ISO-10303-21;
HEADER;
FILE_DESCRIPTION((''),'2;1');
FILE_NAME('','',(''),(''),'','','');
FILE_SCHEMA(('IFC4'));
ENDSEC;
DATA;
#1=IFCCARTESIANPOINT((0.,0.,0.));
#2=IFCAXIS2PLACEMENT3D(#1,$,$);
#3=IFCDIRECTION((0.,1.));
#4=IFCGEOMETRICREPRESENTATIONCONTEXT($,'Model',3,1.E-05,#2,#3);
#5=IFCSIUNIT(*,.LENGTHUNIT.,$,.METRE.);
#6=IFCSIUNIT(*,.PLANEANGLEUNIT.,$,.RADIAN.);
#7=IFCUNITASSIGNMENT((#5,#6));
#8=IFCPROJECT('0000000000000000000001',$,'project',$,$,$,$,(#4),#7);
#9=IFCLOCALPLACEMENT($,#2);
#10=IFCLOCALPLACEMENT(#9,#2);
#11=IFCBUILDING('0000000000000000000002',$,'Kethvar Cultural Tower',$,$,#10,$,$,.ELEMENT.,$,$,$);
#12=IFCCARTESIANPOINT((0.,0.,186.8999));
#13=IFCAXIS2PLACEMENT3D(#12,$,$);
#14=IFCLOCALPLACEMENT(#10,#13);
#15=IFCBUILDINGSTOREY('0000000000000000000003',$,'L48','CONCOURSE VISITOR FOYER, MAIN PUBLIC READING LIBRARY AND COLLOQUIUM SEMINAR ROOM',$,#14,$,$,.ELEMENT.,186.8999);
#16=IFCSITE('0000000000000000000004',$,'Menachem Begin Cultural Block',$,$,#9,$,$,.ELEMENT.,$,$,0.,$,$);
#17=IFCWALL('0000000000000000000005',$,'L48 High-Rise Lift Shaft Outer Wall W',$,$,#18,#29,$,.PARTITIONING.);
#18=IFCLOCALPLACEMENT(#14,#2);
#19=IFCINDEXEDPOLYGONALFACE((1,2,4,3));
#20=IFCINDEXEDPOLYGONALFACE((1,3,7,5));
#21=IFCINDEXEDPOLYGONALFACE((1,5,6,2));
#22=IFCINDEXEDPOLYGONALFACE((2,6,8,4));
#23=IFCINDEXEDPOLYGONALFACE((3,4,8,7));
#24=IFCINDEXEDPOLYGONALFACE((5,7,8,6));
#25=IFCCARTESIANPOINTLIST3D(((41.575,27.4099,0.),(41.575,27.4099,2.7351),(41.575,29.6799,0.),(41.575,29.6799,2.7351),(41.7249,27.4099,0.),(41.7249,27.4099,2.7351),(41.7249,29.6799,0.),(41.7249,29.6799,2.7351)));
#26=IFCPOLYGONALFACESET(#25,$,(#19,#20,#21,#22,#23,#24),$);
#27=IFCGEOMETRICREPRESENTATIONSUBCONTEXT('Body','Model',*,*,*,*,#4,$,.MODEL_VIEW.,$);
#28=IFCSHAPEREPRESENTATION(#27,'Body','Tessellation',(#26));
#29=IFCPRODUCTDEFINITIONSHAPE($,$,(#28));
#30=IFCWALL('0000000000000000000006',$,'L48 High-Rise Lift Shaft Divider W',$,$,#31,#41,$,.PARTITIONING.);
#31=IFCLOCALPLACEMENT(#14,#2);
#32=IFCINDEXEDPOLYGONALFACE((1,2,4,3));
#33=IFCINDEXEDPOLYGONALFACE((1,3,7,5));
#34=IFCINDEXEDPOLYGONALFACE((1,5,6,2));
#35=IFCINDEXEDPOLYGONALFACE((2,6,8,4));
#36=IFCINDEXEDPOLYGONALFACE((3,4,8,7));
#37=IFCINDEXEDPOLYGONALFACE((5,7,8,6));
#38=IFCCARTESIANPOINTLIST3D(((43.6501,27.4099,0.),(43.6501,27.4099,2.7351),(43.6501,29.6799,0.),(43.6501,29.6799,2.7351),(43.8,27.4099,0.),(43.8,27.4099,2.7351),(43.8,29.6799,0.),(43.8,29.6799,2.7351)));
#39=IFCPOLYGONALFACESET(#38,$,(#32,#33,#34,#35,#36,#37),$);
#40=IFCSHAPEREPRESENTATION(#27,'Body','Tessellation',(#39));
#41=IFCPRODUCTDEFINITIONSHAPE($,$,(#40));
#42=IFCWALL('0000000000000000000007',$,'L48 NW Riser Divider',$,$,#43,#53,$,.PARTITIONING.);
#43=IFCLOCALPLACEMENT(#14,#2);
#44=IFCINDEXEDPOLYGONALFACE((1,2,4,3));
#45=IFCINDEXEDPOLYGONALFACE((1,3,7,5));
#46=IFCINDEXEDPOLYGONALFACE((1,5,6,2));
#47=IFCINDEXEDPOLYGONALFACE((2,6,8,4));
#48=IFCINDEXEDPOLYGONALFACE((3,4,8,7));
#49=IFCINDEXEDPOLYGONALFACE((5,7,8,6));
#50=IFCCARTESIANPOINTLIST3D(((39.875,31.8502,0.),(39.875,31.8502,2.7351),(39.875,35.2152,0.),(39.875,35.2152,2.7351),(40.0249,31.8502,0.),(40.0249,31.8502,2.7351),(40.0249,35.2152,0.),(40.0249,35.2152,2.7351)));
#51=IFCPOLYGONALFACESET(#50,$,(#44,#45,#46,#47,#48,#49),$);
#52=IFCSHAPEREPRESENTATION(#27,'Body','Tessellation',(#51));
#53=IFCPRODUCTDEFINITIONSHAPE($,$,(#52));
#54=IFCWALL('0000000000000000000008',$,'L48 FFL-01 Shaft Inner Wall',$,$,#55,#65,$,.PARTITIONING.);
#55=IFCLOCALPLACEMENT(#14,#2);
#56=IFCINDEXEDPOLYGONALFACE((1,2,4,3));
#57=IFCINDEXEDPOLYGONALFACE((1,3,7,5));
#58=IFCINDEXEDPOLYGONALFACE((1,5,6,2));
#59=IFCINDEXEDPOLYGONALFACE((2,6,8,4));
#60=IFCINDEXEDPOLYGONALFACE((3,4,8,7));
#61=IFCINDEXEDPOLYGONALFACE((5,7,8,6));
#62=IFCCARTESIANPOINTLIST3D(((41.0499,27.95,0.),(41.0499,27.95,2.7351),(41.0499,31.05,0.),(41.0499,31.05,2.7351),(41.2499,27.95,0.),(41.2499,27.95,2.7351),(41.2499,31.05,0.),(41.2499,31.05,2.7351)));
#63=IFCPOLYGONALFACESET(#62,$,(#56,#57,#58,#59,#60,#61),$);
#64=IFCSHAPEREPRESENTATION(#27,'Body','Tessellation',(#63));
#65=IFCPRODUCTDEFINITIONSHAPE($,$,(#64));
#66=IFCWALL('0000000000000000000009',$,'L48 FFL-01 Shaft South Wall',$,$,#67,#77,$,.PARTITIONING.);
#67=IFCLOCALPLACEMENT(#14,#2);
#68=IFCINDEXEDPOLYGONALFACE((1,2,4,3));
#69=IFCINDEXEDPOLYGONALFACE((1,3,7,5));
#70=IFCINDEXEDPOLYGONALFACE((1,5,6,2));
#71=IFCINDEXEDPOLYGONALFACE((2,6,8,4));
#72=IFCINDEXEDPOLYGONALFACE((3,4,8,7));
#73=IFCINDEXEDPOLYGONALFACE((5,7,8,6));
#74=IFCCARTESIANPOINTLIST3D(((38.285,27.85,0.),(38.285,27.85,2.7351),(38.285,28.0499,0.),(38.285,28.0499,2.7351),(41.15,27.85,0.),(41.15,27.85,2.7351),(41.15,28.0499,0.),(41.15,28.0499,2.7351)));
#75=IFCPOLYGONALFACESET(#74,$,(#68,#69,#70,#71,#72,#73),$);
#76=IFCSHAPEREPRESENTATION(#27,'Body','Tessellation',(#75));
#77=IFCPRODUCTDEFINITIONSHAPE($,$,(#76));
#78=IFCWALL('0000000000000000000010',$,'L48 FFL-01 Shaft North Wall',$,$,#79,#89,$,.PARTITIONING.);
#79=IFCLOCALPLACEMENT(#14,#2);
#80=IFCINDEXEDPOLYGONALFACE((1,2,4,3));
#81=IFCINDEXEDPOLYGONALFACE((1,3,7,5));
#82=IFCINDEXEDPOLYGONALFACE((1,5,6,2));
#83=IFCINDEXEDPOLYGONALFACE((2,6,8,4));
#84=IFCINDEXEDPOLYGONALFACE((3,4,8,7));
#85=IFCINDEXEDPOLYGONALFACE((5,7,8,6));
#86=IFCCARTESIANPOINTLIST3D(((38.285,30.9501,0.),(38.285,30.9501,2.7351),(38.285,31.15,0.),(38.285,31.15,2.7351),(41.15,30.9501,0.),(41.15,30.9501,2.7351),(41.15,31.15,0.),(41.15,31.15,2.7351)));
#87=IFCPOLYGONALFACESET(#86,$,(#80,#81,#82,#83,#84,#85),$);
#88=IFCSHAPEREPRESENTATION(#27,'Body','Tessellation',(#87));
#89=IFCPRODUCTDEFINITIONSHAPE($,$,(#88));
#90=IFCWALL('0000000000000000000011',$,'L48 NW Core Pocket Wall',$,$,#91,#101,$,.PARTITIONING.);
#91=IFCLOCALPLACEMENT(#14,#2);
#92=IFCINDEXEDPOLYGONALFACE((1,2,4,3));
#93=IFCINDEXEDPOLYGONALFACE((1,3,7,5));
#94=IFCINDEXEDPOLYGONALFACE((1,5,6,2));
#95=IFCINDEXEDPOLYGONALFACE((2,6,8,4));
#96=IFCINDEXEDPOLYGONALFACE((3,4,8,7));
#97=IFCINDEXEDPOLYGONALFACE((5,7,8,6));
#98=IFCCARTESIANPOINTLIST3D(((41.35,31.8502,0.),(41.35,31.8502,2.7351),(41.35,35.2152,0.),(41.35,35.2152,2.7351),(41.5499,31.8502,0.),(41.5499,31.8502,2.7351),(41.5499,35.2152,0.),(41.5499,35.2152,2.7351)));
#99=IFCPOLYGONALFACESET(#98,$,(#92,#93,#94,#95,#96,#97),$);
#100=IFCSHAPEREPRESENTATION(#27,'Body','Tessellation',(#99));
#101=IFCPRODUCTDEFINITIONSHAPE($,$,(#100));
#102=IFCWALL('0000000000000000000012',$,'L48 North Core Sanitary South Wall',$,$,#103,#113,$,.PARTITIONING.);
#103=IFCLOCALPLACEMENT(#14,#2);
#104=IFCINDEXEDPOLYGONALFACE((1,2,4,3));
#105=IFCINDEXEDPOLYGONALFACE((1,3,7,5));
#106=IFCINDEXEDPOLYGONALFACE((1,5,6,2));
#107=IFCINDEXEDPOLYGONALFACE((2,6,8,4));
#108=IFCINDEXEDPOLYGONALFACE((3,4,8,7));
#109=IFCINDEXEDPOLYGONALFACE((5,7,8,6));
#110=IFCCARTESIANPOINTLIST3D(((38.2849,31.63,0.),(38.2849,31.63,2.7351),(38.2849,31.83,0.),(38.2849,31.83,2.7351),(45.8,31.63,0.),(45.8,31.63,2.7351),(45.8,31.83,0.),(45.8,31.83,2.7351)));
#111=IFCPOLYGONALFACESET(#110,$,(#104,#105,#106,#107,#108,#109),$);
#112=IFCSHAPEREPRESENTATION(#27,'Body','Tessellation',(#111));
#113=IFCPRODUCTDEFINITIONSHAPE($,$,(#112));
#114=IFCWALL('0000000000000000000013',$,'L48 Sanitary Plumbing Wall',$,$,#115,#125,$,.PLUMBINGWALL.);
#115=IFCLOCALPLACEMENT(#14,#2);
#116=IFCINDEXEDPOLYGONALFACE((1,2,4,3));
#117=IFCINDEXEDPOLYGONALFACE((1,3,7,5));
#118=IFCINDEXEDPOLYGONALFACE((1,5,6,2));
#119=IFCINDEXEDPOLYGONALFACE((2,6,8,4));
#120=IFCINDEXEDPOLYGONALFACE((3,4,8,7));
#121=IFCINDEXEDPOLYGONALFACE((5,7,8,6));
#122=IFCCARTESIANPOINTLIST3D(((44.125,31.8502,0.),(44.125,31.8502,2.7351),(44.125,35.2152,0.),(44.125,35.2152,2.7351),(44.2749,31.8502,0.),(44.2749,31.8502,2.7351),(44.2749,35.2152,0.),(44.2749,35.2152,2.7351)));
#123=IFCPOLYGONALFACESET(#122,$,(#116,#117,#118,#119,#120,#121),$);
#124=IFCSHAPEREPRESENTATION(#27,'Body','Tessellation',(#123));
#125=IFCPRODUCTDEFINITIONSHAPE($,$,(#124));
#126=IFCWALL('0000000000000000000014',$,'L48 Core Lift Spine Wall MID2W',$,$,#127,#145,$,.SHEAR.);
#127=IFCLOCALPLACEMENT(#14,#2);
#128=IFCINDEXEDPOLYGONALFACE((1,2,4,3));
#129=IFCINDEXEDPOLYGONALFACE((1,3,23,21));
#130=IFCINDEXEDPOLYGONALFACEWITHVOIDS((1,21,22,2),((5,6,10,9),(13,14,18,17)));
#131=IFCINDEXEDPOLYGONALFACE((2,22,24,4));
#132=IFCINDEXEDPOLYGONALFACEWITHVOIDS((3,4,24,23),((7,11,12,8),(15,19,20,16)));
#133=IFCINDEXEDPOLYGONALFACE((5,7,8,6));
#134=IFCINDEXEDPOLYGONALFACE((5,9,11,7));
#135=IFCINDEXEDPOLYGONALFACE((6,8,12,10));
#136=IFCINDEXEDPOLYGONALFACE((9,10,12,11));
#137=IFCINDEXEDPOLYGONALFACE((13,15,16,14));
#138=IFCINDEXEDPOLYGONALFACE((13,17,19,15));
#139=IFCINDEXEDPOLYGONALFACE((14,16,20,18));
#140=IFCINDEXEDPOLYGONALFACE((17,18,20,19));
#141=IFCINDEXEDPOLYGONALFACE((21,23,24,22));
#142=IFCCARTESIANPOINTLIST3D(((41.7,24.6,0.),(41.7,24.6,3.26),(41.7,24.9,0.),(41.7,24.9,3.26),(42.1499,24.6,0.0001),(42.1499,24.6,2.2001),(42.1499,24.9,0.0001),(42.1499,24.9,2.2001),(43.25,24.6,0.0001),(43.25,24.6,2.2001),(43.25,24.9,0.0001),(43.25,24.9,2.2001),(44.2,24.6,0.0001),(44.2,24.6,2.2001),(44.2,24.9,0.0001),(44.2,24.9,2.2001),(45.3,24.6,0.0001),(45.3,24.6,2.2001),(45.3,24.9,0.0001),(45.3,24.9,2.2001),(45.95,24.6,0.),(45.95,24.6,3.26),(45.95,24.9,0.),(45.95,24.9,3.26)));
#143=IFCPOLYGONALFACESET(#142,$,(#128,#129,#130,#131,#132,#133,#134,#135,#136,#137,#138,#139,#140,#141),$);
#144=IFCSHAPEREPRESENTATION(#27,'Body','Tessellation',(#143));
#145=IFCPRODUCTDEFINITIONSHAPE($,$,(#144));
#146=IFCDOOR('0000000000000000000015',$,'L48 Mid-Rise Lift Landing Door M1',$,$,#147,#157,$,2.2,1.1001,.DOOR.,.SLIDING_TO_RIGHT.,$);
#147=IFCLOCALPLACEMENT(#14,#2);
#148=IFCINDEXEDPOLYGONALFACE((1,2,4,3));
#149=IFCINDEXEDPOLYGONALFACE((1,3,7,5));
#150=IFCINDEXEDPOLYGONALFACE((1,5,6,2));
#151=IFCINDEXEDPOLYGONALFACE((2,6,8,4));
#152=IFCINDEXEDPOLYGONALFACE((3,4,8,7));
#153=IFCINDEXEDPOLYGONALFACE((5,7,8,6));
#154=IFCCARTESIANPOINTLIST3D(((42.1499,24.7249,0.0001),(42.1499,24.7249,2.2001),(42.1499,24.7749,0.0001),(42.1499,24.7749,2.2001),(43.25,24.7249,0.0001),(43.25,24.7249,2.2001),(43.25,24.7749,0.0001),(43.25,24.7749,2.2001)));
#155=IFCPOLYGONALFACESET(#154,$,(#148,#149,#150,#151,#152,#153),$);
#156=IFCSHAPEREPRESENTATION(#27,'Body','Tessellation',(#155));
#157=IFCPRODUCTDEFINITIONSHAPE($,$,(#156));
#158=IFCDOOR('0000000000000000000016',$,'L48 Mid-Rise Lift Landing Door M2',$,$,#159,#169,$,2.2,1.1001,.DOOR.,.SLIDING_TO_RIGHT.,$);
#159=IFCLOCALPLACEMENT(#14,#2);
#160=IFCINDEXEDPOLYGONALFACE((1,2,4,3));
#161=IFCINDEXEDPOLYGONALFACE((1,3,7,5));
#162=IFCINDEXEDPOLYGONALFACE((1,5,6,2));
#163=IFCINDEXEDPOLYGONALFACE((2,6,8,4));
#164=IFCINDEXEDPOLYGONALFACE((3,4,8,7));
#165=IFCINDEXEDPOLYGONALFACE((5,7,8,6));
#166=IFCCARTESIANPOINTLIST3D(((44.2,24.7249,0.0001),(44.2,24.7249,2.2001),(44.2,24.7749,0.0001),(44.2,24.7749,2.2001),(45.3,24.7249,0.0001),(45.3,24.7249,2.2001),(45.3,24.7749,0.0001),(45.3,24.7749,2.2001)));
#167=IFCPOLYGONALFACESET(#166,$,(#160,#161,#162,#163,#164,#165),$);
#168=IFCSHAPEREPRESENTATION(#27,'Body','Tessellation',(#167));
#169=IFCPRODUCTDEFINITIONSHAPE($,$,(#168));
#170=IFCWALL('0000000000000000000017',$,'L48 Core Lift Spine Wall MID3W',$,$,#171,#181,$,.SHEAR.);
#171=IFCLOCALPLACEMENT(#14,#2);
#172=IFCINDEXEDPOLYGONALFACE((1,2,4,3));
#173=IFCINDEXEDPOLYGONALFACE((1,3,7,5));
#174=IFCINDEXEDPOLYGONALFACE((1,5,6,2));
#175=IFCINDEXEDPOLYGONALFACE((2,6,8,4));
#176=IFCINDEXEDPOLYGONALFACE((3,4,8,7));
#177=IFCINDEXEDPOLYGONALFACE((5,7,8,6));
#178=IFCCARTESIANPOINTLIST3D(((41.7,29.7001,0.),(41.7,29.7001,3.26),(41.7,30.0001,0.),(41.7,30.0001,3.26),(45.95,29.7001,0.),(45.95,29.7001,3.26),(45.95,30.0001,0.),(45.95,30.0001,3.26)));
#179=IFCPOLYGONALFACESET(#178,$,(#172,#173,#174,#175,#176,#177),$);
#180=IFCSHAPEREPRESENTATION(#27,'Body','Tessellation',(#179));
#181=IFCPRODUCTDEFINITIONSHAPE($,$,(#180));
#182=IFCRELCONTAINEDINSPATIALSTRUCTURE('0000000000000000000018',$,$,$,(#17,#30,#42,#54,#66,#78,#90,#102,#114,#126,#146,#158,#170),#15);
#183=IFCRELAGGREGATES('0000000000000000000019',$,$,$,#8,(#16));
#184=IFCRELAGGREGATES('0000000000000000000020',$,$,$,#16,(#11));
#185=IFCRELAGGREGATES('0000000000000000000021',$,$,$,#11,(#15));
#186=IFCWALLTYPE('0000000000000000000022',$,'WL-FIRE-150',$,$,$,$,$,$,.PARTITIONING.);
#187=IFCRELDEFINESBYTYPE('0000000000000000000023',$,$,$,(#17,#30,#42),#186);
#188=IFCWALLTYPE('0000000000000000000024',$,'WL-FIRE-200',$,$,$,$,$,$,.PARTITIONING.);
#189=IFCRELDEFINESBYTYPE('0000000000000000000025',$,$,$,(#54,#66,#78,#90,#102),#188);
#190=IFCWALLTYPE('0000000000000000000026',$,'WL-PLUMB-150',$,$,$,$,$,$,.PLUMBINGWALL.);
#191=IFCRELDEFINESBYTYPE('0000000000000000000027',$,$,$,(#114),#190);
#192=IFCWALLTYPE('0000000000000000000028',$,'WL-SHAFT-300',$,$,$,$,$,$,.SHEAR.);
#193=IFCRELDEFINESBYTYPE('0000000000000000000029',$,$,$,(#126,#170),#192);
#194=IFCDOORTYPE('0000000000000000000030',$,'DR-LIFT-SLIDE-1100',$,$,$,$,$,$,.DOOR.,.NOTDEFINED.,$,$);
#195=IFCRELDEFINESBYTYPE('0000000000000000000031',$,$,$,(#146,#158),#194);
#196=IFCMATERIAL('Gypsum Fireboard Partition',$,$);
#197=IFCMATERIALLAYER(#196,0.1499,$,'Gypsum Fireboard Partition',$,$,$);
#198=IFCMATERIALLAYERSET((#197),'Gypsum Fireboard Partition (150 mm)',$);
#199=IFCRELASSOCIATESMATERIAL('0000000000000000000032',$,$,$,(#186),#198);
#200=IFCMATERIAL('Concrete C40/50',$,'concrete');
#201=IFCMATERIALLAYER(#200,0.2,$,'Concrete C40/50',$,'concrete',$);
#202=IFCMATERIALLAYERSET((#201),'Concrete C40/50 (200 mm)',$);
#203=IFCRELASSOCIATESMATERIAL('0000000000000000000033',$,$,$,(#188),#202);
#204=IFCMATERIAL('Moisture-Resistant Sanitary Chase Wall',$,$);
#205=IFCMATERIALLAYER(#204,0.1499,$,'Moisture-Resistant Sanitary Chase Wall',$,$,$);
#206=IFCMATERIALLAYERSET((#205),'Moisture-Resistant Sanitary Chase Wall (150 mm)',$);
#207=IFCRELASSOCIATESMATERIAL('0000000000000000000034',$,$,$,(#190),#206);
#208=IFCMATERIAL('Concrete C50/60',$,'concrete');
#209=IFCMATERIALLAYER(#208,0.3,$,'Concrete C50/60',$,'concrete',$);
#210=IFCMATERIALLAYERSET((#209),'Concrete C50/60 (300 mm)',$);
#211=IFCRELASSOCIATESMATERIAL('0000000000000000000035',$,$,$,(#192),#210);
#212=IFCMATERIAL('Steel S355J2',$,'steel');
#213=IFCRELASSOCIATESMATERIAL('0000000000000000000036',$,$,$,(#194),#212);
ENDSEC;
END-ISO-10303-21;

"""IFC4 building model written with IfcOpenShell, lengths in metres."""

from ifc_helpers import new_model, si_unit, direction, frame, frame_2d, origin, place, context, subcontext, project, spatial, rectangle, extrude, source, transform, mapped, material, layer, layer_set, type_object, element, fill, save


model = new_model("IFC4")

# Units and contexts
model_context = context("Model", 3, precision=1e-05, world=origin(), true_north=direction((0.0, 1.0)))
body_context = subcontext(model_context, "Body", "Model", "MODEL_VIEW")
ifc_project = project(units=[si_unit("LENGTHUNIT", "METRE"), si_unit("PLANEANGLEUNIT", "RADIAN")], contexts=[model_context])

# Site, building, storey
site_placement = place(None, origin())
site = spatial("IfcSite", under=ifc_project, at=site_placement, Name="Menachem Begin Cultural Block", CompositionType="ELEMENT", RefElevation=0.0)
building_placement = place(site_placement, origin())
building = spatial("IfcBuilding", under=site, at=building_placement, Name="Kethvar Cultural Tower", CompositionType="ELEMENT")
storey_placement = place(building_placement, frame((0.0, 0.0, 186.8999)))
storey = spatial("IfcBuildingStorey", under=building, at=storey_placement, Name="L48", Description="CONCOURSE VISITOR FOYER, MAIN PUBLIC READING LIBRARY AND COLLOQUIUM SEMINAR ROOM", CompositionType="ELEMENT", Elevation=186.8999)

# Shared definitions
ifc_material_1 = material(Name="Steel S355J2", Category="steel")

# Walls
ifc_material_2 = material(Name="Gypsum Fireboard Partition")
ifc_layer_1 = layer(ifc_material_2, 0.1499, Name="Gypsum Fireboard Partition")
ifc_layer_set_1 = layer_set([ifc_layer_1], Name="Gypsum Fireboard Partition (150 mm)")
wall_type_1 = type_object("IfcWallType", Name="WL-FIRE-150", PredefinedType="PARTITIONING", material=ifc_layer_set_1)
for number, where, z_axis, x_axis, name in (
    (1, (41.6499, 27.4099, 0.0), (0.0, 0.0, 1.0), (0.0, 1.0, 0.0), "L48 High-Rise Lift Shaft Outer Wall W"),
    (2, (43.7251, 27.4099, 0.0), (0.0, 0.0, 1.0), (0.0, 1.0, 0.0), "L48 High-Rise Lift Shaft Divider W"),
):
    element("IfcWall", number, at=place(storey_placement, frame(where, z_axis=z_axis, x_axis=x_axis)), inside=storey, type_object=wall_type_1, Name=name, PredefinedType="PARTITIONING", context=body_context, shape_type="SweptSolid", body=[
        extrude(rectangle(XDim=2.27, YDim=0.1499, at=frame_2d((1.135, 0.0))), origin(), (0.0, 0.0, 1.0), 2.7351),
    ])
wall_1_placement = place(storey_placement, frame((39.95, 31.8501, 0.0), z_axis=(0.0, 0.0, 1.0), x_axis=(0.0, 1.0, 0.0)))
element("IfcWall", 3, at=wall_1_placement, inside=storey, type_object=wall_type_1, Name="L48 NW Riser Divider", PredefinedType="PARTITIONING", context=body_context, shape_type="SweptSolid", body=[
    extrude(rectangle(XDim=3.365, YDim=0.1499, at=frame_2d((1.6826, 0.0))), origin(), (0.0, 0.0, 1.0), 2.7351),
])
ifc_material_3 = material(Name="Concrete C40/50", Category="concrete")
ifc_layer_2 = layer(ifc_material_3, 0.2, Name="Concrete C40/50", Category="concrete")
ifc_layer_set_2 = layer_set([ifc_layer_2], Name="Concrete C40/50 (200 mm)")
wall_type_2 = type_object("IfcWallType", Name="WL-FIRE-200", PredefinedType="PARTITIONING", material=ifc_layer_set_2)
wall_2_placement = place(storey_placement, frame((41.1499, 27.95, 0.0), z_axis=(0.0, 0.0, 1.0), x_axis=(0.0, 1.0, 0.0)))
element("IfcWall", 4, at=wall_2_placement, inside=storey, type_object=wall_type_2, Name="L48 FFL-01 Shaft Inner Wall", PredefinedType="PARTITIONING", context=body_context, shape_type="SweptSolid", body=[
    extrude(rectangle(XDim=3.1001, YDim=0.2, at=frame_2d((1.55, 0.0))), origin(), (0.0, 0.0, 1.0), 2.7351),
])
for number, where, z_axis, x_axis, name in (
    (5, (38.2849, 27.95, 0.0), (0.0, 0.0, 1.0), (1.0, 0.0, 0.0), "L48 FFL-01 Shaft South Wall"),
    (6, (38.2849, 31.05, 0.0), (0.0, 0.0, 1.0), (1.0, 0.0, 0.0), "L48 FFL-01 Shaft North Wall"),
):
    element("IfcWall", number, at=place(storey_placement, frame(where, z_axis=z_axis, x_axis=x_axis)), inside=storey, type_object=wall_type_2, Name=name, PredefinedType="PARTITIONING", context=body_context, shape_type="SweptSolid", body=[
        extrude(rectangle(XDim=2.865, YDim=0.2, at=frame_2d((1.4326, 0.0))), origin(), (0.0, 0.0, 1.0), 2.7351),
    ])
wall_3_placement = place(storey_placement, frame((41.45, 31.8501, 0.0), z_axis=(0.0, 0.0, 1.0), x_axis=(0.0, 1.0, 0.0)))
element("IfcWall", 7, at=wall_3_placement, inside=storey, type_object=wall_type_2, Name="L48 NW Core Pocket Wall", PredefinedType="PARTITIONING", context=body_context, shape_type="SweptSolid", body=[
    extrude(rectangle(XDim=3.365, YDim=0.2, at=frame_2d((1.6826, 0.0))), origin(), (0.0, 0.0, 1.0), 2.7351),
])
wall_4_placement = place(storey_placement, frame((38.2849, 31.73, 0.0), z_axis=(0.0, 0.0, 1.0), x_axis=(1.0, 0.0, 0.0)))
element("IfcWall", 8, at=wall_4_placement, inside=storey, type_object=wall_type_2, Name="L48 North Core Sanitary South Wall", PredefinedType="PARTITIONING", context=body_context, shape_type="SweptSolid", body=[
    extrude(rectangle(XDim=7.5151, YDim=0.2, at=frame_2d((3.7576, 0.0))), origin(), (0.0, 0.0, 1.0), 2.7351),
])
ifc_material_4 = material(Name="Moisture-Resistant Sanitary Chase Wall")
ifc_layer_3 = layer(ifc_material_4, 0.1499, Name="Moisture-Resistant Sanitary Chase Wall")
ifc_layer_set_3 = layer_set([ifc_layer_3], Name="Moisture-Resistant Sanitary Chase Wall (150 mm)")
wall_type_3 = type_object("IfcWallType", Name="WL-PLUMB-150", PredefinedType="PLUMBINGWALL", material=ifc_layer_set_3)
wall_5_placement = place(storey_placement, frame((44.2, 31.8501, 0.0), z_axis=(0.0, 0.0, 1.0), x_axis=(0.0, 1.0, 0.0)))
element("IfcWall", 9, at=wall_5_placement, inside=storey, type_object=wall_type_3, Name="L48 Sanitary Plumbing Wall", PredefinedType="PLUMBINGWALL", context=body_context, shape_type="SweptSolid", body=[
    extrude(rectangle(XDim=3.365, YDim=0.1499, at=frame_2d((1.6826, 0.0))), origin(), (0.0, 0.0, 1.0), 2.7351),
])

# Wall, openings, doors
ifc_material_5 = material(Name="Concrete C50/60", Category="concrete")
ifc_layer_4 = layer(ifc_material_5, 0.3, Name="Concrete C50/60", Category="concrete")
ifc_layer_set_4 = layer_set([ifc_layer_4], Name="Concrete C50/60 (300 mm)")
wall_type_4 = type_object("IfcWallType", Name="WL-SHAFT-300", PredefinedType="SHEAR", material=ifc_layer_set_4)
wall_6_placement = place(storey_placement, frame((41.7, 24.75, 0.0), z_axis=(0.0, 0.0, 1.0), x_axis=(1.0, 0.0, 0.0)))
wall_6 = element("IfcWall", 10, at=wall_6_placement, inside=storey, type_object=wall_type_4, Name="L48 Core Lift Spine Wall MID2W", PredefinedType="SHEAR", context=body_context, shape_type="SweptSolid", body=[
    extrude(rectangle(XDim=4.25, YDim=0.3, at=frame_2d((2.125, 0.0))), origin(), (0.0, 0.0, 1.0), 3.26),
])
opening_1_placement = place(wall_6_placement, frame((0.45, 0.0, 0.0)))
opening_1 = element("IfcOpeningElement", 11, at=opening_1_placement, cuts=wall_6, PredefinedType="OPENING", context=body_context, shape_type="SweptSolid", body=[
    extrude(rectangle(XDim=1.1001, YDim=2.2, at=frame_2d((0.55, 1.1001))), frame((0.0, 0.1599, 0.0), z_axis=(0.0, -1.0, 0.0), x_axis=(1.0, 0.0, 0.0)), (0.0, 0.0, 1.0), 0.3201),
])
opening_2_placement = place(wall_6_placement, frame((2.5, 0.0, 0.0)))
opening_2 = element("IfcOpeningElement", 12, at=opening_2_placement, cuts=wall_6, PredefinedType="OPENING", context=body_context, shape_type="SweptSolid", body=[
    extrude(rectangle(XDim=1.1001, YDim=2.2, at=frame_2d((0.55, 1.1001))), frame((0.0, 0.1599, 0.0), z_axis=(0.0, -1.0, 0.0), x_axis=(1.0, 0.0, 0.0)), (0.0, 0.0, 1.0), 0.3201),
])
door_type = type_object("IfcDoorType", Name="DR-LIFT-SLIDE-1100", OperationType="NOTDEFINED", PredefinedType="DOOR", material=ifc_material_1)
shared_shape_1 = source(origin(), body_context, "Body", "SweptSolid", [
    extrude(rectangle(XDim=1.1001, YDim=2.2, at=frame_2d((0.55, 1.1001))), frame((0.0, 0.0249, 0.0), z_axis=(0.0, -1.0, 0.0), x_axis=(1.0, 0.0, 0.0)), (0.0, 0.0, 1.0), 0.05),
])
door_1_placement = place(opening_1_placement, origin())
door_1 = element("IfcDoor", 13, at=door_1_placement, inside=storey, type_object=door_type, Name="L48 Mid-Rise Lift Landing Door M1", OperationType="SLIDING_TO_RIGHT", OverallHeight=2.2, OverallWidth=1.1001, PredefinedType="DOOR", context=body_context, shape_type="MappedRepresentation", body=[
    mapped(shared_shape_1, transform((0.0, 0.0, 0.0), scale=1.0)),
])
fill(opening_1, door_1)
door_2_placement = place(opening_2_placement, origin())
door_2 = element("IfcDoor", 14, at=door_2_placement, inside=storey, type_object=door_type, Name="L48 Mid-Rise Lift Landing Door M2", OperationType="SLIDING_TO_RIGHT", OverallHeight=2.2, OverallWidth=1.1001, PredefinedType="DOOR", context=body_context, shape_type="MappedRepresentation", body=[
    mapped(shared_shape_1, transform((0.0, 0.0, 0.0), scale=1.0)),
])
fill(opening_2, door_2)

# Wall
wall_7_placement = place(storey_placement, frame((41.7, 29.8501, 0.0), z_axis=(0.0, 0.0, 1.0), x_axis=(1.0, 0.0, 0.0)))
element("IfcWall", 15, at=wall_7_placement, inside=storey, type_object=wall_type_4, Name="L48 Core Lift Spine Wall MID3W", PredefinedType="SHEAR", context=body_context, shape_type="SweptSolid", body=[
    extrude(rectangle(XDim=4.25, YDim=0.3, at=frame_2d((2.125, 0.0))), origin(), (0.0, 0.0, 1.0), 3.26),
])

save(model, "model.ifc")
